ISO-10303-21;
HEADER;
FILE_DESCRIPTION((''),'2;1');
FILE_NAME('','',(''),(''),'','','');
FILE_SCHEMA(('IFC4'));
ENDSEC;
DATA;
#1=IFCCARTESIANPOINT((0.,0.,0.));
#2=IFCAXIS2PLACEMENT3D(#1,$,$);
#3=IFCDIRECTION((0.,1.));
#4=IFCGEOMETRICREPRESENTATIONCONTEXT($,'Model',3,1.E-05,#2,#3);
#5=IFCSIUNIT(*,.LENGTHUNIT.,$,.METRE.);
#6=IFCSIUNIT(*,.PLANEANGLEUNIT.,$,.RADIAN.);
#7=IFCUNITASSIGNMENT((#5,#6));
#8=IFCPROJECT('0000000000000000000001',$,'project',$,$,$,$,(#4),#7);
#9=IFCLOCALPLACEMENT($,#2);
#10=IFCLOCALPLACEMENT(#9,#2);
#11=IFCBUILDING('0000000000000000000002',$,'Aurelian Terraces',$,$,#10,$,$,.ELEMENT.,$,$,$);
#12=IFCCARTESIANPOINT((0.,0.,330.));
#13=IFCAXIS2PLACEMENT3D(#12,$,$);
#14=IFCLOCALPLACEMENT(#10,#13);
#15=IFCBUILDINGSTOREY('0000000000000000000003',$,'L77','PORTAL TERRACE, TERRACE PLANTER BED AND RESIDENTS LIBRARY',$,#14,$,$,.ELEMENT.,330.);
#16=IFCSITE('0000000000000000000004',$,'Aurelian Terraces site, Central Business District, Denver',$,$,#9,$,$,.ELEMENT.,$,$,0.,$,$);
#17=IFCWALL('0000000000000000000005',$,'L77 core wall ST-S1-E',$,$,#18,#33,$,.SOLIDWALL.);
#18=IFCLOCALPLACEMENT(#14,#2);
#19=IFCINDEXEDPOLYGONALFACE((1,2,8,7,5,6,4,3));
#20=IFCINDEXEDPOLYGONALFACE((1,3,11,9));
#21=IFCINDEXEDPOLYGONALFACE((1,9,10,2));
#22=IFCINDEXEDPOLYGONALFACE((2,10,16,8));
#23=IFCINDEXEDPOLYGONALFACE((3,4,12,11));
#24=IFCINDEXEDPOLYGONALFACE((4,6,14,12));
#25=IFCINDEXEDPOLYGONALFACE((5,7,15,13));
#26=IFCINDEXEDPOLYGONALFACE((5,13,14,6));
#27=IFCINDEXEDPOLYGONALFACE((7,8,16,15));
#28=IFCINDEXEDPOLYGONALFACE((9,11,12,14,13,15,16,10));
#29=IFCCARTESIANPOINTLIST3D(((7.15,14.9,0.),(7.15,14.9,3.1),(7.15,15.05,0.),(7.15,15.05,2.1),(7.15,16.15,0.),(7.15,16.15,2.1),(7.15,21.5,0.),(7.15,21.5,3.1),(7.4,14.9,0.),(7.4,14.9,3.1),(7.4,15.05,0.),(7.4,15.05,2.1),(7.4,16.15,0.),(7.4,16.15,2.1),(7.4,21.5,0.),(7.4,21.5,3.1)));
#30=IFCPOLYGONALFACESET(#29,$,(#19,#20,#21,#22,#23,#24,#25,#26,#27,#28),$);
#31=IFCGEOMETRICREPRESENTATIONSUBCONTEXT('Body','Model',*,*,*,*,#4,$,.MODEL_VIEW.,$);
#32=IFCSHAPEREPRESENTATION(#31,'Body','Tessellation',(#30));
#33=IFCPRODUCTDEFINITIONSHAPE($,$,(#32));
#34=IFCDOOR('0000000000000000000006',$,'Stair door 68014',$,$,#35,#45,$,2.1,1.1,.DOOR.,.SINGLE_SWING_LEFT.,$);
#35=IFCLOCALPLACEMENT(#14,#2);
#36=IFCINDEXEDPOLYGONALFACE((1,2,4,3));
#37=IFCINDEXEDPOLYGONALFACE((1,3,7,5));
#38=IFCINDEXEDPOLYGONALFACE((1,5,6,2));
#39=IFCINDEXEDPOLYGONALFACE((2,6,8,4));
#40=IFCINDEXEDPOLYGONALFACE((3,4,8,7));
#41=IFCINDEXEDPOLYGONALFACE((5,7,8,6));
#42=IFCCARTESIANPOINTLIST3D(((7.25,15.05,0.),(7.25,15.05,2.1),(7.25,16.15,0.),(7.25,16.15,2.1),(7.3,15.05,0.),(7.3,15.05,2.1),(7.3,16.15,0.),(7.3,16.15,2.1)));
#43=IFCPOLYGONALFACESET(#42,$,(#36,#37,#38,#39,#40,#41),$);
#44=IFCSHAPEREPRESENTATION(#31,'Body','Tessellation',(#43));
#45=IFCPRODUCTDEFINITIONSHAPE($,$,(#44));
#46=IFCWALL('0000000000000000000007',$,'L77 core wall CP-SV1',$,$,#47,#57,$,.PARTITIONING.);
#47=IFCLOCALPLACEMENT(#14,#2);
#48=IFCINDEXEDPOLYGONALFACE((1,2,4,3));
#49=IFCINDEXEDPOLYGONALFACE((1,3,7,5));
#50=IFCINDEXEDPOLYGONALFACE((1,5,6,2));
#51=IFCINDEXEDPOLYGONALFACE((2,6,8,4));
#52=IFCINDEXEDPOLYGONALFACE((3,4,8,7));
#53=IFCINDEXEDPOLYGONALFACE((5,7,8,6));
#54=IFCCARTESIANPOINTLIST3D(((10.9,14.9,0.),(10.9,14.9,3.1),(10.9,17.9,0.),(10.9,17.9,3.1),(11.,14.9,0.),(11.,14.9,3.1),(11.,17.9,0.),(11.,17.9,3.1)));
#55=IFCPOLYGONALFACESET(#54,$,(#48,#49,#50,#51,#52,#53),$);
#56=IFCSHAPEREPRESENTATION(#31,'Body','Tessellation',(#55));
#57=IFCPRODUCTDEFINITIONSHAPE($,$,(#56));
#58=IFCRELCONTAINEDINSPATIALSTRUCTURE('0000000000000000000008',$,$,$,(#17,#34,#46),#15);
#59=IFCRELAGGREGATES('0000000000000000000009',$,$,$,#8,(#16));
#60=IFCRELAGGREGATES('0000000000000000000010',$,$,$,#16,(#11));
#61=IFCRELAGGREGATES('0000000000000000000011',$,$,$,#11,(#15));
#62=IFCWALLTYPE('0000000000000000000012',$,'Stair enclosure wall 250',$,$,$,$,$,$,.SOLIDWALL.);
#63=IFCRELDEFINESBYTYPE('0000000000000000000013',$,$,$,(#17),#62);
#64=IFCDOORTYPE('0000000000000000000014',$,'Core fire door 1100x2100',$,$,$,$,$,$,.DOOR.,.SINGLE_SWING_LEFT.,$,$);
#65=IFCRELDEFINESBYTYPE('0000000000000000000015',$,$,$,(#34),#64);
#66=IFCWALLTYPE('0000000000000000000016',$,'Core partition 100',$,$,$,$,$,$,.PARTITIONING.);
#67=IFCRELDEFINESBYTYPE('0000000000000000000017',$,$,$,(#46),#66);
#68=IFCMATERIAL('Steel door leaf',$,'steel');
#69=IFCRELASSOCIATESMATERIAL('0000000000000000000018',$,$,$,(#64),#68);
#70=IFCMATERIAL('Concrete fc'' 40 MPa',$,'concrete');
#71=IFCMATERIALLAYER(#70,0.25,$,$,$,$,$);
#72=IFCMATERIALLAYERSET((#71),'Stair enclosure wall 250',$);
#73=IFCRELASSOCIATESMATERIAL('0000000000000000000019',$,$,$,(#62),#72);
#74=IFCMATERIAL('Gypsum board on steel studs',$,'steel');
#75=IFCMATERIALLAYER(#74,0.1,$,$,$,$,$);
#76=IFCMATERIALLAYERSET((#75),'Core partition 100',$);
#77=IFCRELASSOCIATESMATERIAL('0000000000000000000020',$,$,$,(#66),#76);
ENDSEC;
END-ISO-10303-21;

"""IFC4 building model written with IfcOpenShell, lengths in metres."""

from ifc_helpers import new_model, si_unit, direction, frame, frame_2d, origin, place, context, subcontext, project, spatial, rectangle, extrude, source, transform, mapped, material, layer, layer_set, type_object, element, fill, save


model = new_model("IFC4")

# Units and contexts
model_context = context("Model", 3, precision=1e-05, world=origin(), true_north=direction((0.0, 1.0)))
body_context = subcontext(model_context, "Body", "Model", "MODEL_VIEW")
ifc_project = project(units=[si_unit("LENGTHUNIT", "METRE"), si_unit("PLANEANGLEUNIT", "RADIAN")], contexts=[model_context])

# Site, building, storey
site_placement = place(None, origin())
site = spatial("IfcSite", under=ifc_project, at=site_placement, Name="Aurelian Terraces site, Central Business District, Denver", CompositionType="ELEMENT", RefElevation=0.0)
building_placement = place(site_placement, origin())
building = spatial("IfcBuilding", under=site, at=building_placement, Name="Aurelian Terraces", CompositionType="ELEMENT")
storey_placement = place(building_placement, frame((0.0, 0.0, 330.0)))
storey = spatial("IfcBuildingStorey", under=building, at=storey_placement, Name="L77", Description="PORTAL TERRACE, TERRACE PLANTER BED AND RESIDENTS LIBRARY", CompositionType="ELEMENT", Elevation=330.0)

# Shared definitions
ifc_material_1 = material(Name="Concrete fc' 40 MPa", Category="concrete")

# Shared definitions
ifc_material_2 = material(Name="Steel door leaf", Category="steel")
door_type_1 = type_object("IfcDoorType", Name="Core fire door 1100x2100", OperationType="SINGLE_SWING_LEFT", PredefinedType="DOOR", material=ifc_material_2)
shared_shape_1 = source(origin(), body_context, "Body", "SweptSolid", [
    extrude(rectangle(XDim=1.1, YDim=2.1, at=frame_2d((0.55, 1.05))), frame((0.0, 0.025, 0.0), z_axis=(0.0, -1.0, 0.0), x_axis=(1.0, 0.0, 0.0)), (0.0, 0.0, 1.0), 0.05),
])

# Shared definitions
ifc_material_3 = material(Name="Gypsum board on steel studs", Category="steel")

# Wall, opening, door
ifc_layer_1 = layer(ifc_material_1, 0.25)
ifc_layer_set_1 = layer_set([ifc_layer_1], Name="Stair enclosure wall 250")
wall_type_1 = type_object("IfcWallType", Name="Stair enclosure wall 250", PredefinedType="SOLIDWALL", material=ifc_layer_set_1)
shared_shape_2 = source(origin(), body_context, "Body", "SweptSolid", [
    extrude(rectangle(XDim=6.6, YDim=0.25, at=frame_2d((3.3, 0.0))), origin(), (0.0, 0.0, 1.0), 3.1),
])
wall_1_placement = place(storey_placement, frame((7.275, 14.9, 0.0), z_axis=(0.0, 0.0, 1.0), x_axis=(0.0, 1.0, 0.0)))
wall_1 = element("IfcWall", 1, at=wall_1_placement, inside=storey, type_object=wall_type_1, Name="L77 core wall ST-S1-E", PredefinedType="SOLIDWALL", context=body_context, shape_type="MappedRepresentation", body=[
    mapped(shared_shape_2, transform((0.0, 0.0, 0.0), scale=1.0)),
])
shared_shape_3 = source(origin(), body_context, "Body", "SweptSolid", [
    extrude(rectangle(XDim=1.1, YDim=2.1, at=frame_2d((0.55, 1.05))), frame((0.0, 0.135, 0.0), z_axis=(0.0, -1.0, 0.0), x_axis=(1.0, 0.0, 0.0)), (0.0, 0.0, 1.0), 0.27),
])
opening_1_placement = place(wall_1_placement, frame((0.15, 0.0, 0.0)))
opening_1 = element("IfcOpeningElement", 2, at=opening_1_placement, cuts=wall_1, PredefinedType="OPENING", context=body_context, shape_type="MappedRepresentation", body=[
    mapped(shared_shape_3, transform((0.0, 0.0, 0.0), scale=1.0)),
])
door_1_placement = place(opening_1_placement, origin())
door_1 = element("IfcDoor", 3, at=door_1_placement, inside=storey, type_object=door_type_1, Name="Stair door 68014", OperationType="SINGLE_SWING_LEFT", OverallHeight=2.1, OverallWidth=1.1, PredefinedType="DOOR", context=body_context, shape_type="MappedRepresentation", body=[
    mapped(shared_shape_1, transform((0.0, 0.0, 0.0), scale=1.0)),
])
fill(opening_1, door_1)

# Wall
ifc_layer_2 = layer(ifc_material_3, 0.1)
ifc_layer_set_2 = layer_set([ifc_layer_2], Name="Core partition 100")
wall_type_2 = type_object("IfcWallType", Name="Core partition 100", PredefinedType="PARTITIONING", material=ifc_layer_set_2)
shared_shape_4 = source(origin(), body_context, "Body", "SweptSolid", [
    extrude(rectangle(XDim=3.0, YDim=0.1, at=frame_2d((1.5, 0.0))), origin(), (0.0, 0.0, 1.0), 3.1),
])
wall_2_placement = place(storey_placement, frame((10.95, 14.9, 0.0), z_axis=(0.0, 0.0, 1.0), x_axis=(0.0, 1.0, 0.0)))
element("IfcWall", 4, at=wall_2_placement, inside=storey, type_object=wall_type_2, Name="L77 core wall CP-SV1", PredefinedType="PARTITIONING", context=body_context, shape_type="MappedRepresentation", body=[
    mapped(shared_shape_4, transform((0.0, 0.0, 0.0), scale=1.0)),
])

save(model, "model.ifc")
